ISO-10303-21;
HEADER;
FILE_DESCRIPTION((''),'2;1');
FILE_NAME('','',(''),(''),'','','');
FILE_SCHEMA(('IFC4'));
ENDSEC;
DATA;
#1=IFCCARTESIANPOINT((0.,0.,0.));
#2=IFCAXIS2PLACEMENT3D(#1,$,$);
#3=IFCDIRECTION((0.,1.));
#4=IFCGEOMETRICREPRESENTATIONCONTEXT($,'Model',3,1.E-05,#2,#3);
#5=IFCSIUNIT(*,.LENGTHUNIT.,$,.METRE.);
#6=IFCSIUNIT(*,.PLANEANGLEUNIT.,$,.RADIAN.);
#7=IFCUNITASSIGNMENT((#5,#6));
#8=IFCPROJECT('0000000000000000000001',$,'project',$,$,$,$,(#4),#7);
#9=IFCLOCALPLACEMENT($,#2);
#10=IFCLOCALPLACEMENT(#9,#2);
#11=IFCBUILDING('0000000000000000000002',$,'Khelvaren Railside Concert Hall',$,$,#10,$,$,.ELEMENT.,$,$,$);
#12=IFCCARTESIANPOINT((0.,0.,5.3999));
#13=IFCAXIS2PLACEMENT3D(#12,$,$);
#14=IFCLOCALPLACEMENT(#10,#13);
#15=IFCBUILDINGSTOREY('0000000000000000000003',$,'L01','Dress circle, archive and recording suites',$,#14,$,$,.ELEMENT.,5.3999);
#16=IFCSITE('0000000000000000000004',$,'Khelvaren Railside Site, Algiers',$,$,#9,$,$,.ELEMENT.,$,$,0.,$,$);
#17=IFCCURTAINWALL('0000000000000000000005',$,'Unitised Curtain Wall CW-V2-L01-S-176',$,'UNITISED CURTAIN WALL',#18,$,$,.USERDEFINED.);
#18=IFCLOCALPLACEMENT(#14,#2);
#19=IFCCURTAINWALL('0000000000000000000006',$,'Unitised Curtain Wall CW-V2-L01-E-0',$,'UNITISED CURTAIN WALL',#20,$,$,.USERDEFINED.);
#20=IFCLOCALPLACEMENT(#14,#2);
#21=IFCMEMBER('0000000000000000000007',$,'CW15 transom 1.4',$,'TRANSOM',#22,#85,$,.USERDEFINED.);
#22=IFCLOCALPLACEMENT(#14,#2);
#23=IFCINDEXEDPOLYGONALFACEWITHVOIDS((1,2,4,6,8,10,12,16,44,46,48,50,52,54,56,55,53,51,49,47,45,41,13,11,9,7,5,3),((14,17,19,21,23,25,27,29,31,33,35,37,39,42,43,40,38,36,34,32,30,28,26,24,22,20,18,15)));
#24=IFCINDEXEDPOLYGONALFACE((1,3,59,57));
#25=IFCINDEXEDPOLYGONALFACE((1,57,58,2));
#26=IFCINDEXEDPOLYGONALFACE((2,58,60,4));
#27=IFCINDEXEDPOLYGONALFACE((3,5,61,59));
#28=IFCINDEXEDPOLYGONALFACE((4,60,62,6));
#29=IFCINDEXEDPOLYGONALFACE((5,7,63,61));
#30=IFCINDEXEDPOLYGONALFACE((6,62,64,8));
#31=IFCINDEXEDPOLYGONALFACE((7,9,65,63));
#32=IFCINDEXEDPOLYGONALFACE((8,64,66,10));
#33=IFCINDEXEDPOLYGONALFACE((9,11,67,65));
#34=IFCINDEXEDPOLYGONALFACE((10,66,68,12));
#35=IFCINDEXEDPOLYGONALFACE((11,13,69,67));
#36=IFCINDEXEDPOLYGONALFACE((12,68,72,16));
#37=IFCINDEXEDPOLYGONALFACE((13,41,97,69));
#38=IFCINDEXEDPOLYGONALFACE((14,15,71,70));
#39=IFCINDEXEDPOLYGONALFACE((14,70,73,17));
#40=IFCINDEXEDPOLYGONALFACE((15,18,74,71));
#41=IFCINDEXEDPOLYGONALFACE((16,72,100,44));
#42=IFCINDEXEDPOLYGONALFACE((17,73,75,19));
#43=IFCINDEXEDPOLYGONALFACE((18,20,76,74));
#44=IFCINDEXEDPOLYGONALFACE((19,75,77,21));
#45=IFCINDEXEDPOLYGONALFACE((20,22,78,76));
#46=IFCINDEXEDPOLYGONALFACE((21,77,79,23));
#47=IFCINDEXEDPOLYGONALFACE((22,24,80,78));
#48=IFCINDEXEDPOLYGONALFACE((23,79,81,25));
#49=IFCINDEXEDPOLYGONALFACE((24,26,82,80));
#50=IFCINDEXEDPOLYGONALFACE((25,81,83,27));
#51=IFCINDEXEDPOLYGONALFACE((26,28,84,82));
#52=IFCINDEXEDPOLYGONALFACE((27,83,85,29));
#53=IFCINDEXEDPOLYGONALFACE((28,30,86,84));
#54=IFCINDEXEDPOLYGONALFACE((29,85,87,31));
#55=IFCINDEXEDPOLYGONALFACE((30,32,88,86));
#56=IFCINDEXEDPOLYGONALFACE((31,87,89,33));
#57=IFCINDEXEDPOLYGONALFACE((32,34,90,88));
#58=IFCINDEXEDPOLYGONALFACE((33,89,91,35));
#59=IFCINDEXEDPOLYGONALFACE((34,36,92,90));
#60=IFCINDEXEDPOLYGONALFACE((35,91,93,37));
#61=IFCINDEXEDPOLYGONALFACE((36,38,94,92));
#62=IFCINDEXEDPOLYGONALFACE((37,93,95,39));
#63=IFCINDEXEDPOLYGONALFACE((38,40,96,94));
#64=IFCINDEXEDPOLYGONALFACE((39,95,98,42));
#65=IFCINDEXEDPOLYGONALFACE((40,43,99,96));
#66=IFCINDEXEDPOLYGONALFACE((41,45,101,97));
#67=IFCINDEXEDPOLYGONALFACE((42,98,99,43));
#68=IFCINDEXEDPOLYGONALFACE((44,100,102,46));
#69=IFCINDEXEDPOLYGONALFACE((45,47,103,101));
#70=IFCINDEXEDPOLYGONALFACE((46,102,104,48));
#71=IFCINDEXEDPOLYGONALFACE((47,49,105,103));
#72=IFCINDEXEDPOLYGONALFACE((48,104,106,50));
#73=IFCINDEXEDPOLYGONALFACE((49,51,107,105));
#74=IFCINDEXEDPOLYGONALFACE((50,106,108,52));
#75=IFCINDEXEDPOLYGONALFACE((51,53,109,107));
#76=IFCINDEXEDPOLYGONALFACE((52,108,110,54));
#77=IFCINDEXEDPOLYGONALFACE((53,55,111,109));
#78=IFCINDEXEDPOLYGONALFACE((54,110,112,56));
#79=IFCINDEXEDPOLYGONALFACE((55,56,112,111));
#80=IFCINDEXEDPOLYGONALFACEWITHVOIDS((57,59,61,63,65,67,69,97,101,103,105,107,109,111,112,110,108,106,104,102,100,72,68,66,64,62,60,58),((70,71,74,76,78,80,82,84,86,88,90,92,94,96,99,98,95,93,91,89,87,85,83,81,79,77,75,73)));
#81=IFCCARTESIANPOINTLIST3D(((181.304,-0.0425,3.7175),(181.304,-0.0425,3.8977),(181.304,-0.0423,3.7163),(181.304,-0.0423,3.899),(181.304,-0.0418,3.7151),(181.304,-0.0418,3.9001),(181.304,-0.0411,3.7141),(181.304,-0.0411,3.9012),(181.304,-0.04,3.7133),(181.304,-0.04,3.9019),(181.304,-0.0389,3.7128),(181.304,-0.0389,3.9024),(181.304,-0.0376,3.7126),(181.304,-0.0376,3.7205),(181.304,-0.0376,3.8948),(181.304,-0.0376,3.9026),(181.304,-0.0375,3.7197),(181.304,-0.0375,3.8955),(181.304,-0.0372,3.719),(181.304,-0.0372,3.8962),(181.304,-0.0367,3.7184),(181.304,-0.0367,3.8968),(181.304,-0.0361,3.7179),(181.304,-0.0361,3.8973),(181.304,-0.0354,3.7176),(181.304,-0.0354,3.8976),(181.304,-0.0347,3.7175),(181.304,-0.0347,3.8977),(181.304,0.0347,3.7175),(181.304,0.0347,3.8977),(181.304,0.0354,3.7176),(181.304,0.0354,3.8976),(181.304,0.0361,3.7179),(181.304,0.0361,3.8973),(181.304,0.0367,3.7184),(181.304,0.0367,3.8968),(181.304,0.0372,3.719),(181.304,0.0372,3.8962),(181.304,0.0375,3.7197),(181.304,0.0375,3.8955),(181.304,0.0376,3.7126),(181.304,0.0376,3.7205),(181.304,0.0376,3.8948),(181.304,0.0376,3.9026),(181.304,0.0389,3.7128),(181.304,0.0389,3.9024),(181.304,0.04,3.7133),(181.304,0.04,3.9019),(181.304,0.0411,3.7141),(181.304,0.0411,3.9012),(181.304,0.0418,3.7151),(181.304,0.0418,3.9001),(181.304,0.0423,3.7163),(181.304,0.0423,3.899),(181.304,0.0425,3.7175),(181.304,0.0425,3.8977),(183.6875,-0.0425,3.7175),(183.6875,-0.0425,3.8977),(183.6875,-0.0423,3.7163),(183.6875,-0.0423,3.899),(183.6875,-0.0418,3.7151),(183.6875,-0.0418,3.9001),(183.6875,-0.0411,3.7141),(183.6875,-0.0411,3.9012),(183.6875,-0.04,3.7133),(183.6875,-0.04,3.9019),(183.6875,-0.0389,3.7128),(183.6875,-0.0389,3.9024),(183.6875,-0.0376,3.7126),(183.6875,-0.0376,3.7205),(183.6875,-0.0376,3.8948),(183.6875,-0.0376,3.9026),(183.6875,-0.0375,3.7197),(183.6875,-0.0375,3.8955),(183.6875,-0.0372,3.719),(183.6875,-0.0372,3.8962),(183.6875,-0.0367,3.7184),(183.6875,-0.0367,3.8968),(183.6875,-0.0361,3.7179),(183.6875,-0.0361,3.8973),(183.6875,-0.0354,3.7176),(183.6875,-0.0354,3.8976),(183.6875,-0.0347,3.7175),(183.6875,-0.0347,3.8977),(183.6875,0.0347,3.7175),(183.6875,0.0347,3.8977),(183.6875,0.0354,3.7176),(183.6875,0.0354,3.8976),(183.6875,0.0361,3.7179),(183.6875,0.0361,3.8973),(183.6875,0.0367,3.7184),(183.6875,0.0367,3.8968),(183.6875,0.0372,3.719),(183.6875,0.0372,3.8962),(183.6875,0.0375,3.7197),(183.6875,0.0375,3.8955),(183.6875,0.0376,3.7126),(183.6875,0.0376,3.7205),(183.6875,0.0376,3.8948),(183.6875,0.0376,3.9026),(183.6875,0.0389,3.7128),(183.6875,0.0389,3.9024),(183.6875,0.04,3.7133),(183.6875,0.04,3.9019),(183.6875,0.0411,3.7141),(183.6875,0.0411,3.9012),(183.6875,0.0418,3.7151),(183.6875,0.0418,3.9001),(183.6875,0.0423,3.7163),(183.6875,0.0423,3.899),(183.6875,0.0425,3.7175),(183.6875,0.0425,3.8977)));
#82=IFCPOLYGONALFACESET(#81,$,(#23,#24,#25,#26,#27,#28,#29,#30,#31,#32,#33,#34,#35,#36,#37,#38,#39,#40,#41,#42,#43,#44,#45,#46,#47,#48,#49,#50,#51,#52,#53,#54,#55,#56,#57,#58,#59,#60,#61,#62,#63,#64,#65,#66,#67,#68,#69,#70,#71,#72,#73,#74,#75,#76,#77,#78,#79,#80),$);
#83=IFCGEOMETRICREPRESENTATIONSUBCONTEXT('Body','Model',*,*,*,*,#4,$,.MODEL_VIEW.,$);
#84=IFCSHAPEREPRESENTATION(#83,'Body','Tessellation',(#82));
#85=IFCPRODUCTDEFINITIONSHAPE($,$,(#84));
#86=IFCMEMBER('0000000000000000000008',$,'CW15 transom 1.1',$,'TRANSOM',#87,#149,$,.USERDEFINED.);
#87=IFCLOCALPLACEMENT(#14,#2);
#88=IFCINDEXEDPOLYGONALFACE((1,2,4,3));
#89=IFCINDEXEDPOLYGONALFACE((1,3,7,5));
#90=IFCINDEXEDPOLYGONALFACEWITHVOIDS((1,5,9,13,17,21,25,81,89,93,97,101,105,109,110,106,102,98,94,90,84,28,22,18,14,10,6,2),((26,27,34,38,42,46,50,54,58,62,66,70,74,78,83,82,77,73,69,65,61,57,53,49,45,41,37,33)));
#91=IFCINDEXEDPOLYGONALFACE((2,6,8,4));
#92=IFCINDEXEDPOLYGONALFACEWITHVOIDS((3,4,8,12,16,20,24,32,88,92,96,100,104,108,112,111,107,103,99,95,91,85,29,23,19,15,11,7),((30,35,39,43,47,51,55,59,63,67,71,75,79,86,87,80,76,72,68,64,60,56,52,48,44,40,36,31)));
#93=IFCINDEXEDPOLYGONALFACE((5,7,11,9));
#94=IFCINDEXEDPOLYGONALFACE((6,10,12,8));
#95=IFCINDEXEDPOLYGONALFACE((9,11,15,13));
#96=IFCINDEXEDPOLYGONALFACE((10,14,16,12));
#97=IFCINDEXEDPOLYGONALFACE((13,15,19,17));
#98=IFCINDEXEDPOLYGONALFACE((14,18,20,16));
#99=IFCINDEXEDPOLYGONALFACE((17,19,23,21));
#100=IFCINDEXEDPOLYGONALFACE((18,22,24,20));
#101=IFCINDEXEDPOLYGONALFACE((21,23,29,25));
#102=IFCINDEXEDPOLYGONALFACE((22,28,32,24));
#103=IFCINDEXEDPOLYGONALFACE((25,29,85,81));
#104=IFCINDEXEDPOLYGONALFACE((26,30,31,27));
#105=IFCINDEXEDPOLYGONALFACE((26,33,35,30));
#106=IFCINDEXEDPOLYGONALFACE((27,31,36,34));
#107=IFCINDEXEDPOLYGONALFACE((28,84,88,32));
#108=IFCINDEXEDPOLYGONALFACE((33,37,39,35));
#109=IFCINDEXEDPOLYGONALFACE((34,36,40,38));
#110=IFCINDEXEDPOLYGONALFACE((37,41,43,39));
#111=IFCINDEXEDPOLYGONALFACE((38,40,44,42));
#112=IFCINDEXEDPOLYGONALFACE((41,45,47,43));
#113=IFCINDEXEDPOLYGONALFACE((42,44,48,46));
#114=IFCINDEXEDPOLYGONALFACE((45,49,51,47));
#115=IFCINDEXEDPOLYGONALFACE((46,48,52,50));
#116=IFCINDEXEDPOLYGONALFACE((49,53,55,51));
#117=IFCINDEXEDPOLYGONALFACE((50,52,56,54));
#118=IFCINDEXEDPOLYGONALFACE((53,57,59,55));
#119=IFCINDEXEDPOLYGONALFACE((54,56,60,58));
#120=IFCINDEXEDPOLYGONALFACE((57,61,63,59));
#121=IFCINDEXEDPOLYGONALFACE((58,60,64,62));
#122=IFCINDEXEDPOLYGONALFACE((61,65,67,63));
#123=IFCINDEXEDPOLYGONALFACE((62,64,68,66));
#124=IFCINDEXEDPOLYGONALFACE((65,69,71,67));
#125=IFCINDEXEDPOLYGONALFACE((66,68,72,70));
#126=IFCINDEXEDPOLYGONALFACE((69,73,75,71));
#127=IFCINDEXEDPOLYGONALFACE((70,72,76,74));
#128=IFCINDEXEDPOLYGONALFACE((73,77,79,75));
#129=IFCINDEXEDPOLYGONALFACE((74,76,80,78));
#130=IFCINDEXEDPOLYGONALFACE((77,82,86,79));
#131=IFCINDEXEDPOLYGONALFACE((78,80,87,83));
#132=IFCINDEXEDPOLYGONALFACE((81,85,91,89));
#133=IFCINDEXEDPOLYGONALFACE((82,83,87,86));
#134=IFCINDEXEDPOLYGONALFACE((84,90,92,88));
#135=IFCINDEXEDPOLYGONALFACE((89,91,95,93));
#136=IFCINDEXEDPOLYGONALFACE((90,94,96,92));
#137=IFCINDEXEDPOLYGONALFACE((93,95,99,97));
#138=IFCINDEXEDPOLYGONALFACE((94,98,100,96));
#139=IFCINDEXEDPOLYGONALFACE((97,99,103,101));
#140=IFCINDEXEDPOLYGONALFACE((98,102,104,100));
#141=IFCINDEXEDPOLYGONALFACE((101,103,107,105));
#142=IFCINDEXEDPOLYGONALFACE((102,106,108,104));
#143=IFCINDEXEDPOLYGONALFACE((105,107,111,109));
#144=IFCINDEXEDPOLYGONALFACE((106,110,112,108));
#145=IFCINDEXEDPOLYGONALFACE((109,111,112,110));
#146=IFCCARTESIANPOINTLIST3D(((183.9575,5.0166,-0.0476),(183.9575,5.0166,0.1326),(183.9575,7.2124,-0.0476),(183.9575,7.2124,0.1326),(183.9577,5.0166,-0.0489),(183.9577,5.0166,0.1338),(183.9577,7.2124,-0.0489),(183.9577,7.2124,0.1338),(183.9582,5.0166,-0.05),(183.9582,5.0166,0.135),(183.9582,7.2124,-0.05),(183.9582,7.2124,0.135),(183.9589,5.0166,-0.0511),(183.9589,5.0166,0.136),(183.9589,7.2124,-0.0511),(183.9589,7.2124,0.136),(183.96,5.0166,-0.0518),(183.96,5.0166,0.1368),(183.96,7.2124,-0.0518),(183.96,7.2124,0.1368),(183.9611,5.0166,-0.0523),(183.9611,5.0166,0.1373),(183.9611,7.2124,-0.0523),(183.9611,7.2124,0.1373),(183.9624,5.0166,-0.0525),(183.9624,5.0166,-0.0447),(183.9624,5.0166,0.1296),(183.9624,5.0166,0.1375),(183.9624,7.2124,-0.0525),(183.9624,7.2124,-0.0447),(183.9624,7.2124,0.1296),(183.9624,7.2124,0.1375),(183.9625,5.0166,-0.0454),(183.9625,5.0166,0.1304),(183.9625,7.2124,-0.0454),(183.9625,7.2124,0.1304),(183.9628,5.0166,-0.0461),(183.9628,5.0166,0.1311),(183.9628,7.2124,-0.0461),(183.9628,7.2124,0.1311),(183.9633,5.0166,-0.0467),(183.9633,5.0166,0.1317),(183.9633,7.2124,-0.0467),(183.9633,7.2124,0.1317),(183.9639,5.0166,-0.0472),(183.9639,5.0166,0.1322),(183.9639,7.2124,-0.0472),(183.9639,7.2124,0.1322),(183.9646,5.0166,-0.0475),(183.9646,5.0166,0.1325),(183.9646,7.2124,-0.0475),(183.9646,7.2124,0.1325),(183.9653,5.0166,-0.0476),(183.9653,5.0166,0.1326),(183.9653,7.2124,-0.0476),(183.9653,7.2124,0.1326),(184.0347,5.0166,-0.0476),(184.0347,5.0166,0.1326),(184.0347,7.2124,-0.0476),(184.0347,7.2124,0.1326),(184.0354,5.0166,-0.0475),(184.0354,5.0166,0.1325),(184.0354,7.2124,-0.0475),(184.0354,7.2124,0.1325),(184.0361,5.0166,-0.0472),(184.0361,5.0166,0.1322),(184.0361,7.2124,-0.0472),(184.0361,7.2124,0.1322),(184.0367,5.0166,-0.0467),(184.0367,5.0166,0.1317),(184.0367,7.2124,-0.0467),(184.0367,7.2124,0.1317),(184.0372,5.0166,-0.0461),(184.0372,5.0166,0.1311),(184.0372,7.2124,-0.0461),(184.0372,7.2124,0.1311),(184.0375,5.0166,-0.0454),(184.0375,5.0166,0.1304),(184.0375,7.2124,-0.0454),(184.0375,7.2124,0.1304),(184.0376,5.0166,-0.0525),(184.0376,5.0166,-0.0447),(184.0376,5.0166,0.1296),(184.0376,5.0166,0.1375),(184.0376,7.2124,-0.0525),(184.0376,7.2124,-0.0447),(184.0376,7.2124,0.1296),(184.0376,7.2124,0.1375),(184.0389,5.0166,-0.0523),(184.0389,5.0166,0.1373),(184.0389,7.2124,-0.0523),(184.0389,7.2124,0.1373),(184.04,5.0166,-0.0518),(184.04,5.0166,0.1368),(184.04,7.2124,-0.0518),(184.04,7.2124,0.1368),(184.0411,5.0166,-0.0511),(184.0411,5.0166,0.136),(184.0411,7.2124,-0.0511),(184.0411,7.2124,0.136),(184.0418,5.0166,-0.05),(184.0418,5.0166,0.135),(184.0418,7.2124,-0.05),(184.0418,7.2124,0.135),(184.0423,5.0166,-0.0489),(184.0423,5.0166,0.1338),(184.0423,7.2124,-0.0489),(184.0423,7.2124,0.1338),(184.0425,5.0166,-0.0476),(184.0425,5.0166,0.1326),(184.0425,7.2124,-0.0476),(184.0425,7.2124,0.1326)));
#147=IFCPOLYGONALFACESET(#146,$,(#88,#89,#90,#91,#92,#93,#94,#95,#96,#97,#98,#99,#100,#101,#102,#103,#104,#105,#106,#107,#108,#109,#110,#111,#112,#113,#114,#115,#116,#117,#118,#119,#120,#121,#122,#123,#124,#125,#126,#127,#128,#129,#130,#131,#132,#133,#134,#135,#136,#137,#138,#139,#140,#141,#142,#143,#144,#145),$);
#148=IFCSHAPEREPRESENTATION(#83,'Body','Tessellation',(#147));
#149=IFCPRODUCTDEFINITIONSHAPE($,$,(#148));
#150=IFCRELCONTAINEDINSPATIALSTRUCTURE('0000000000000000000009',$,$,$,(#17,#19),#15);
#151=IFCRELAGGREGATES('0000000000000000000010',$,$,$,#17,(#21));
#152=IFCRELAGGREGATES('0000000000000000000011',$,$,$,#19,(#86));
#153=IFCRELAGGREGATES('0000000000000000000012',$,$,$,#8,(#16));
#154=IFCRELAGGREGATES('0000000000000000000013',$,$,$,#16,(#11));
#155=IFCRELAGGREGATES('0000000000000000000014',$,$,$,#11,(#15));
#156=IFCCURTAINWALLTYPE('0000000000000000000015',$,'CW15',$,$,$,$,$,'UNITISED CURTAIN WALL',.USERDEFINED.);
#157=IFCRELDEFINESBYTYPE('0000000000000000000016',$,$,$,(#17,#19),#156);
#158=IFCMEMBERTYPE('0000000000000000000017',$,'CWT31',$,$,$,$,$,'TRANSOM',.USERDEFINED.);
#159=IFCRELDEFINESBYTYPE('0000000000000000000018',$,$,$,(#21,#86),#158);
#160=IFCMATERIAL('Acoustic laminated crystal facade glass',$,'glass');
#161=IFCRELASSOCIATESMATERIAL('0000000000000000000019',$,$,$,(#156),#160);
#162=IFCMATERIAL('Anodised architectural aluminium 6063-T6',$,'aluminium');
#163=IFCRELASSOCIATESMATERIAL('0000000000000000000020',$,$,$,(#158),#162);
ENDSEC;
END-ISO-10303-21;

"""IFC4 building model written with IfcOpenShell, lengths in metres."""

from ifc_helpers import new_model, si_unit, direction, frame, origin, origin_2d, place, context, subcontext, project, spatial, hollow_rectangle, extrude, material, material_profile, profile_set, type_object, element, aggregate, save


model = new_model("IFC4")

# Units and contexts
model_context = context("Model", 3, precision=1e-05, world=origin(), true_north=direction((0.0, 1.0)))
body_context = subcontext(model_context, "Body", "Model", "MODEL_VIEW")
ifc_project = project(units=[si_unit("LENGTHUNIT", "METRE"), si_unit("PLANEANGLEUNIT", "RADIAN")], contexts=[model_context])

# Site, building, storey
site_placement = place(None, origin())
site = spatial("IfcSite", under=ifc_project, at=site_placement, Name="Khelvaren Railside Site, Algiers", CompositionType="ELEMENT", RefElevation=0.0)
building_placement = place(site_placement, origin())
building = spatial("IfcBuilding", under=site, at=building_placement, Name="Khelvaren Railside Concert Hall", CompositionType="ELEMENT")
storey_placement = place(building_placement, frame((0.0, 0.0, 5.3999)))
storey = spatial("IfcBuildingStorey", under=building, at=storey_placement, Name="L01", Description="Dress circle, archive and recording suites", CompositionType="ELEMENT", Elevation=5.3999)

# Curtain wall
ifc_material_1 = material(Name="Acoustic laminated crystal facade glass", Category="glass")
curtain_wall_type = type_object("IfcCurtainWallType", Name="CW15", ElementType="UNITISED CURTAIN WALL", PredefinedType="USERDEFINED", material=ifc_material_1)
curtain_wall_1_placement = place(storey_placement, origin())
curtain_wall_1 = element("IfcCurtainWall", 1, at=curtain_wall_1_placement, inside=storey, type_object=curtain_wall_type, Name="Unitised Curtain Wall CW-V2-L01-S-176", ObjectType="UNITISED CURTAIN WALL", PredefinedType="USERDEFINED")
ifc_material_2 = material(Name="Anodised architectural aluminium 6063-T6", Category="aluminium")

# Curtain wall
curtain_wall_2_placement = place(storey_placement, origin())
curtain_wall_2 = element("IfcCurtainWall", 2, at=curtain_wall_2_placement, inside=storey, type_object=curtain_wall_type, Name="Unitised Curtain Wall CW-V2-L01-E-0", ObjectType="UNITISED CURTAIN WALL", PredefinedType="USERDEFINED")

# Members
ifc_material_profile_1 = material_profile(ifc_material_2, hollow_rectangle(XDim=0.085, YDim=0.1899, WallThickness=0.0049, InnerFilletRadius=0.0029, OuterFilletRadius=0.0049, at=origin_2d()), Name="CWT 85x190x5")
ifc_profile_set_1 = profile_set([ifc_material_profile_1], Name="Anodised architectural aluminium 6063-T6")
member_type_1 = type_object("IfcMemberType", Name="CWT31", ElementType="TRANSOM", PredefinedType="USERDEFINED", material=ifc_profile_set_1)
member_1_placement = place(storey_placement, frame((183.6875, 0.0, 3.8076), z_axis=(-1.0, 0.0, 0.0), x_axis=(0.0, -1.0, 0.0)))
member_1 = element("IfcMember", 3, at=member_1_placement, type_object=member_type_1, Name="CW15 transom 1.4", ObjectType="TRANSOM", PredefinedType="USERDEFINED", context=body_context, shape_type="SweptSolid", body=[
    extrude(hollow_rectangle(XDim=0.085, YDim=0.1899, WallThickness=0.0049, InnerFilletRadius=0.0029, OuterFilletRadius=0.0049, at=origin_2d()), origin(), (0.0, 0.0, 1.0), 2.3835),
])
aggregate(curtain_wall_1, [member_1])
member_2_placement = place(storey_placement, frame((184.0, 7.2124, 0.0425), z_axis=(0.0, -1.0, 0.0), x_axis=(1.0, 0.0, 0.0)))
member_2 = element("IfcMember", 4, at=member_2_placement, type_object=member_type_1, Name="CW15 transom 1.1", ObjectType="TRANSOM", PredefinedType="USERDEFINED", context=body_context, shape_type="SweptSolid", body=[
    extrude(hollow_rectangle(XDim=0.085, YDim=0.1899, WallThickness=0.0049, InnerFilletRadius=0.0029, OuterFilletRadius=0.0049, at=origin_2d()), origin(), (0.0, 0.0, 1.0), 2.1958),
])

aggregate(curtain_wall_2, [member_2])

save(model, "model.ifc")
